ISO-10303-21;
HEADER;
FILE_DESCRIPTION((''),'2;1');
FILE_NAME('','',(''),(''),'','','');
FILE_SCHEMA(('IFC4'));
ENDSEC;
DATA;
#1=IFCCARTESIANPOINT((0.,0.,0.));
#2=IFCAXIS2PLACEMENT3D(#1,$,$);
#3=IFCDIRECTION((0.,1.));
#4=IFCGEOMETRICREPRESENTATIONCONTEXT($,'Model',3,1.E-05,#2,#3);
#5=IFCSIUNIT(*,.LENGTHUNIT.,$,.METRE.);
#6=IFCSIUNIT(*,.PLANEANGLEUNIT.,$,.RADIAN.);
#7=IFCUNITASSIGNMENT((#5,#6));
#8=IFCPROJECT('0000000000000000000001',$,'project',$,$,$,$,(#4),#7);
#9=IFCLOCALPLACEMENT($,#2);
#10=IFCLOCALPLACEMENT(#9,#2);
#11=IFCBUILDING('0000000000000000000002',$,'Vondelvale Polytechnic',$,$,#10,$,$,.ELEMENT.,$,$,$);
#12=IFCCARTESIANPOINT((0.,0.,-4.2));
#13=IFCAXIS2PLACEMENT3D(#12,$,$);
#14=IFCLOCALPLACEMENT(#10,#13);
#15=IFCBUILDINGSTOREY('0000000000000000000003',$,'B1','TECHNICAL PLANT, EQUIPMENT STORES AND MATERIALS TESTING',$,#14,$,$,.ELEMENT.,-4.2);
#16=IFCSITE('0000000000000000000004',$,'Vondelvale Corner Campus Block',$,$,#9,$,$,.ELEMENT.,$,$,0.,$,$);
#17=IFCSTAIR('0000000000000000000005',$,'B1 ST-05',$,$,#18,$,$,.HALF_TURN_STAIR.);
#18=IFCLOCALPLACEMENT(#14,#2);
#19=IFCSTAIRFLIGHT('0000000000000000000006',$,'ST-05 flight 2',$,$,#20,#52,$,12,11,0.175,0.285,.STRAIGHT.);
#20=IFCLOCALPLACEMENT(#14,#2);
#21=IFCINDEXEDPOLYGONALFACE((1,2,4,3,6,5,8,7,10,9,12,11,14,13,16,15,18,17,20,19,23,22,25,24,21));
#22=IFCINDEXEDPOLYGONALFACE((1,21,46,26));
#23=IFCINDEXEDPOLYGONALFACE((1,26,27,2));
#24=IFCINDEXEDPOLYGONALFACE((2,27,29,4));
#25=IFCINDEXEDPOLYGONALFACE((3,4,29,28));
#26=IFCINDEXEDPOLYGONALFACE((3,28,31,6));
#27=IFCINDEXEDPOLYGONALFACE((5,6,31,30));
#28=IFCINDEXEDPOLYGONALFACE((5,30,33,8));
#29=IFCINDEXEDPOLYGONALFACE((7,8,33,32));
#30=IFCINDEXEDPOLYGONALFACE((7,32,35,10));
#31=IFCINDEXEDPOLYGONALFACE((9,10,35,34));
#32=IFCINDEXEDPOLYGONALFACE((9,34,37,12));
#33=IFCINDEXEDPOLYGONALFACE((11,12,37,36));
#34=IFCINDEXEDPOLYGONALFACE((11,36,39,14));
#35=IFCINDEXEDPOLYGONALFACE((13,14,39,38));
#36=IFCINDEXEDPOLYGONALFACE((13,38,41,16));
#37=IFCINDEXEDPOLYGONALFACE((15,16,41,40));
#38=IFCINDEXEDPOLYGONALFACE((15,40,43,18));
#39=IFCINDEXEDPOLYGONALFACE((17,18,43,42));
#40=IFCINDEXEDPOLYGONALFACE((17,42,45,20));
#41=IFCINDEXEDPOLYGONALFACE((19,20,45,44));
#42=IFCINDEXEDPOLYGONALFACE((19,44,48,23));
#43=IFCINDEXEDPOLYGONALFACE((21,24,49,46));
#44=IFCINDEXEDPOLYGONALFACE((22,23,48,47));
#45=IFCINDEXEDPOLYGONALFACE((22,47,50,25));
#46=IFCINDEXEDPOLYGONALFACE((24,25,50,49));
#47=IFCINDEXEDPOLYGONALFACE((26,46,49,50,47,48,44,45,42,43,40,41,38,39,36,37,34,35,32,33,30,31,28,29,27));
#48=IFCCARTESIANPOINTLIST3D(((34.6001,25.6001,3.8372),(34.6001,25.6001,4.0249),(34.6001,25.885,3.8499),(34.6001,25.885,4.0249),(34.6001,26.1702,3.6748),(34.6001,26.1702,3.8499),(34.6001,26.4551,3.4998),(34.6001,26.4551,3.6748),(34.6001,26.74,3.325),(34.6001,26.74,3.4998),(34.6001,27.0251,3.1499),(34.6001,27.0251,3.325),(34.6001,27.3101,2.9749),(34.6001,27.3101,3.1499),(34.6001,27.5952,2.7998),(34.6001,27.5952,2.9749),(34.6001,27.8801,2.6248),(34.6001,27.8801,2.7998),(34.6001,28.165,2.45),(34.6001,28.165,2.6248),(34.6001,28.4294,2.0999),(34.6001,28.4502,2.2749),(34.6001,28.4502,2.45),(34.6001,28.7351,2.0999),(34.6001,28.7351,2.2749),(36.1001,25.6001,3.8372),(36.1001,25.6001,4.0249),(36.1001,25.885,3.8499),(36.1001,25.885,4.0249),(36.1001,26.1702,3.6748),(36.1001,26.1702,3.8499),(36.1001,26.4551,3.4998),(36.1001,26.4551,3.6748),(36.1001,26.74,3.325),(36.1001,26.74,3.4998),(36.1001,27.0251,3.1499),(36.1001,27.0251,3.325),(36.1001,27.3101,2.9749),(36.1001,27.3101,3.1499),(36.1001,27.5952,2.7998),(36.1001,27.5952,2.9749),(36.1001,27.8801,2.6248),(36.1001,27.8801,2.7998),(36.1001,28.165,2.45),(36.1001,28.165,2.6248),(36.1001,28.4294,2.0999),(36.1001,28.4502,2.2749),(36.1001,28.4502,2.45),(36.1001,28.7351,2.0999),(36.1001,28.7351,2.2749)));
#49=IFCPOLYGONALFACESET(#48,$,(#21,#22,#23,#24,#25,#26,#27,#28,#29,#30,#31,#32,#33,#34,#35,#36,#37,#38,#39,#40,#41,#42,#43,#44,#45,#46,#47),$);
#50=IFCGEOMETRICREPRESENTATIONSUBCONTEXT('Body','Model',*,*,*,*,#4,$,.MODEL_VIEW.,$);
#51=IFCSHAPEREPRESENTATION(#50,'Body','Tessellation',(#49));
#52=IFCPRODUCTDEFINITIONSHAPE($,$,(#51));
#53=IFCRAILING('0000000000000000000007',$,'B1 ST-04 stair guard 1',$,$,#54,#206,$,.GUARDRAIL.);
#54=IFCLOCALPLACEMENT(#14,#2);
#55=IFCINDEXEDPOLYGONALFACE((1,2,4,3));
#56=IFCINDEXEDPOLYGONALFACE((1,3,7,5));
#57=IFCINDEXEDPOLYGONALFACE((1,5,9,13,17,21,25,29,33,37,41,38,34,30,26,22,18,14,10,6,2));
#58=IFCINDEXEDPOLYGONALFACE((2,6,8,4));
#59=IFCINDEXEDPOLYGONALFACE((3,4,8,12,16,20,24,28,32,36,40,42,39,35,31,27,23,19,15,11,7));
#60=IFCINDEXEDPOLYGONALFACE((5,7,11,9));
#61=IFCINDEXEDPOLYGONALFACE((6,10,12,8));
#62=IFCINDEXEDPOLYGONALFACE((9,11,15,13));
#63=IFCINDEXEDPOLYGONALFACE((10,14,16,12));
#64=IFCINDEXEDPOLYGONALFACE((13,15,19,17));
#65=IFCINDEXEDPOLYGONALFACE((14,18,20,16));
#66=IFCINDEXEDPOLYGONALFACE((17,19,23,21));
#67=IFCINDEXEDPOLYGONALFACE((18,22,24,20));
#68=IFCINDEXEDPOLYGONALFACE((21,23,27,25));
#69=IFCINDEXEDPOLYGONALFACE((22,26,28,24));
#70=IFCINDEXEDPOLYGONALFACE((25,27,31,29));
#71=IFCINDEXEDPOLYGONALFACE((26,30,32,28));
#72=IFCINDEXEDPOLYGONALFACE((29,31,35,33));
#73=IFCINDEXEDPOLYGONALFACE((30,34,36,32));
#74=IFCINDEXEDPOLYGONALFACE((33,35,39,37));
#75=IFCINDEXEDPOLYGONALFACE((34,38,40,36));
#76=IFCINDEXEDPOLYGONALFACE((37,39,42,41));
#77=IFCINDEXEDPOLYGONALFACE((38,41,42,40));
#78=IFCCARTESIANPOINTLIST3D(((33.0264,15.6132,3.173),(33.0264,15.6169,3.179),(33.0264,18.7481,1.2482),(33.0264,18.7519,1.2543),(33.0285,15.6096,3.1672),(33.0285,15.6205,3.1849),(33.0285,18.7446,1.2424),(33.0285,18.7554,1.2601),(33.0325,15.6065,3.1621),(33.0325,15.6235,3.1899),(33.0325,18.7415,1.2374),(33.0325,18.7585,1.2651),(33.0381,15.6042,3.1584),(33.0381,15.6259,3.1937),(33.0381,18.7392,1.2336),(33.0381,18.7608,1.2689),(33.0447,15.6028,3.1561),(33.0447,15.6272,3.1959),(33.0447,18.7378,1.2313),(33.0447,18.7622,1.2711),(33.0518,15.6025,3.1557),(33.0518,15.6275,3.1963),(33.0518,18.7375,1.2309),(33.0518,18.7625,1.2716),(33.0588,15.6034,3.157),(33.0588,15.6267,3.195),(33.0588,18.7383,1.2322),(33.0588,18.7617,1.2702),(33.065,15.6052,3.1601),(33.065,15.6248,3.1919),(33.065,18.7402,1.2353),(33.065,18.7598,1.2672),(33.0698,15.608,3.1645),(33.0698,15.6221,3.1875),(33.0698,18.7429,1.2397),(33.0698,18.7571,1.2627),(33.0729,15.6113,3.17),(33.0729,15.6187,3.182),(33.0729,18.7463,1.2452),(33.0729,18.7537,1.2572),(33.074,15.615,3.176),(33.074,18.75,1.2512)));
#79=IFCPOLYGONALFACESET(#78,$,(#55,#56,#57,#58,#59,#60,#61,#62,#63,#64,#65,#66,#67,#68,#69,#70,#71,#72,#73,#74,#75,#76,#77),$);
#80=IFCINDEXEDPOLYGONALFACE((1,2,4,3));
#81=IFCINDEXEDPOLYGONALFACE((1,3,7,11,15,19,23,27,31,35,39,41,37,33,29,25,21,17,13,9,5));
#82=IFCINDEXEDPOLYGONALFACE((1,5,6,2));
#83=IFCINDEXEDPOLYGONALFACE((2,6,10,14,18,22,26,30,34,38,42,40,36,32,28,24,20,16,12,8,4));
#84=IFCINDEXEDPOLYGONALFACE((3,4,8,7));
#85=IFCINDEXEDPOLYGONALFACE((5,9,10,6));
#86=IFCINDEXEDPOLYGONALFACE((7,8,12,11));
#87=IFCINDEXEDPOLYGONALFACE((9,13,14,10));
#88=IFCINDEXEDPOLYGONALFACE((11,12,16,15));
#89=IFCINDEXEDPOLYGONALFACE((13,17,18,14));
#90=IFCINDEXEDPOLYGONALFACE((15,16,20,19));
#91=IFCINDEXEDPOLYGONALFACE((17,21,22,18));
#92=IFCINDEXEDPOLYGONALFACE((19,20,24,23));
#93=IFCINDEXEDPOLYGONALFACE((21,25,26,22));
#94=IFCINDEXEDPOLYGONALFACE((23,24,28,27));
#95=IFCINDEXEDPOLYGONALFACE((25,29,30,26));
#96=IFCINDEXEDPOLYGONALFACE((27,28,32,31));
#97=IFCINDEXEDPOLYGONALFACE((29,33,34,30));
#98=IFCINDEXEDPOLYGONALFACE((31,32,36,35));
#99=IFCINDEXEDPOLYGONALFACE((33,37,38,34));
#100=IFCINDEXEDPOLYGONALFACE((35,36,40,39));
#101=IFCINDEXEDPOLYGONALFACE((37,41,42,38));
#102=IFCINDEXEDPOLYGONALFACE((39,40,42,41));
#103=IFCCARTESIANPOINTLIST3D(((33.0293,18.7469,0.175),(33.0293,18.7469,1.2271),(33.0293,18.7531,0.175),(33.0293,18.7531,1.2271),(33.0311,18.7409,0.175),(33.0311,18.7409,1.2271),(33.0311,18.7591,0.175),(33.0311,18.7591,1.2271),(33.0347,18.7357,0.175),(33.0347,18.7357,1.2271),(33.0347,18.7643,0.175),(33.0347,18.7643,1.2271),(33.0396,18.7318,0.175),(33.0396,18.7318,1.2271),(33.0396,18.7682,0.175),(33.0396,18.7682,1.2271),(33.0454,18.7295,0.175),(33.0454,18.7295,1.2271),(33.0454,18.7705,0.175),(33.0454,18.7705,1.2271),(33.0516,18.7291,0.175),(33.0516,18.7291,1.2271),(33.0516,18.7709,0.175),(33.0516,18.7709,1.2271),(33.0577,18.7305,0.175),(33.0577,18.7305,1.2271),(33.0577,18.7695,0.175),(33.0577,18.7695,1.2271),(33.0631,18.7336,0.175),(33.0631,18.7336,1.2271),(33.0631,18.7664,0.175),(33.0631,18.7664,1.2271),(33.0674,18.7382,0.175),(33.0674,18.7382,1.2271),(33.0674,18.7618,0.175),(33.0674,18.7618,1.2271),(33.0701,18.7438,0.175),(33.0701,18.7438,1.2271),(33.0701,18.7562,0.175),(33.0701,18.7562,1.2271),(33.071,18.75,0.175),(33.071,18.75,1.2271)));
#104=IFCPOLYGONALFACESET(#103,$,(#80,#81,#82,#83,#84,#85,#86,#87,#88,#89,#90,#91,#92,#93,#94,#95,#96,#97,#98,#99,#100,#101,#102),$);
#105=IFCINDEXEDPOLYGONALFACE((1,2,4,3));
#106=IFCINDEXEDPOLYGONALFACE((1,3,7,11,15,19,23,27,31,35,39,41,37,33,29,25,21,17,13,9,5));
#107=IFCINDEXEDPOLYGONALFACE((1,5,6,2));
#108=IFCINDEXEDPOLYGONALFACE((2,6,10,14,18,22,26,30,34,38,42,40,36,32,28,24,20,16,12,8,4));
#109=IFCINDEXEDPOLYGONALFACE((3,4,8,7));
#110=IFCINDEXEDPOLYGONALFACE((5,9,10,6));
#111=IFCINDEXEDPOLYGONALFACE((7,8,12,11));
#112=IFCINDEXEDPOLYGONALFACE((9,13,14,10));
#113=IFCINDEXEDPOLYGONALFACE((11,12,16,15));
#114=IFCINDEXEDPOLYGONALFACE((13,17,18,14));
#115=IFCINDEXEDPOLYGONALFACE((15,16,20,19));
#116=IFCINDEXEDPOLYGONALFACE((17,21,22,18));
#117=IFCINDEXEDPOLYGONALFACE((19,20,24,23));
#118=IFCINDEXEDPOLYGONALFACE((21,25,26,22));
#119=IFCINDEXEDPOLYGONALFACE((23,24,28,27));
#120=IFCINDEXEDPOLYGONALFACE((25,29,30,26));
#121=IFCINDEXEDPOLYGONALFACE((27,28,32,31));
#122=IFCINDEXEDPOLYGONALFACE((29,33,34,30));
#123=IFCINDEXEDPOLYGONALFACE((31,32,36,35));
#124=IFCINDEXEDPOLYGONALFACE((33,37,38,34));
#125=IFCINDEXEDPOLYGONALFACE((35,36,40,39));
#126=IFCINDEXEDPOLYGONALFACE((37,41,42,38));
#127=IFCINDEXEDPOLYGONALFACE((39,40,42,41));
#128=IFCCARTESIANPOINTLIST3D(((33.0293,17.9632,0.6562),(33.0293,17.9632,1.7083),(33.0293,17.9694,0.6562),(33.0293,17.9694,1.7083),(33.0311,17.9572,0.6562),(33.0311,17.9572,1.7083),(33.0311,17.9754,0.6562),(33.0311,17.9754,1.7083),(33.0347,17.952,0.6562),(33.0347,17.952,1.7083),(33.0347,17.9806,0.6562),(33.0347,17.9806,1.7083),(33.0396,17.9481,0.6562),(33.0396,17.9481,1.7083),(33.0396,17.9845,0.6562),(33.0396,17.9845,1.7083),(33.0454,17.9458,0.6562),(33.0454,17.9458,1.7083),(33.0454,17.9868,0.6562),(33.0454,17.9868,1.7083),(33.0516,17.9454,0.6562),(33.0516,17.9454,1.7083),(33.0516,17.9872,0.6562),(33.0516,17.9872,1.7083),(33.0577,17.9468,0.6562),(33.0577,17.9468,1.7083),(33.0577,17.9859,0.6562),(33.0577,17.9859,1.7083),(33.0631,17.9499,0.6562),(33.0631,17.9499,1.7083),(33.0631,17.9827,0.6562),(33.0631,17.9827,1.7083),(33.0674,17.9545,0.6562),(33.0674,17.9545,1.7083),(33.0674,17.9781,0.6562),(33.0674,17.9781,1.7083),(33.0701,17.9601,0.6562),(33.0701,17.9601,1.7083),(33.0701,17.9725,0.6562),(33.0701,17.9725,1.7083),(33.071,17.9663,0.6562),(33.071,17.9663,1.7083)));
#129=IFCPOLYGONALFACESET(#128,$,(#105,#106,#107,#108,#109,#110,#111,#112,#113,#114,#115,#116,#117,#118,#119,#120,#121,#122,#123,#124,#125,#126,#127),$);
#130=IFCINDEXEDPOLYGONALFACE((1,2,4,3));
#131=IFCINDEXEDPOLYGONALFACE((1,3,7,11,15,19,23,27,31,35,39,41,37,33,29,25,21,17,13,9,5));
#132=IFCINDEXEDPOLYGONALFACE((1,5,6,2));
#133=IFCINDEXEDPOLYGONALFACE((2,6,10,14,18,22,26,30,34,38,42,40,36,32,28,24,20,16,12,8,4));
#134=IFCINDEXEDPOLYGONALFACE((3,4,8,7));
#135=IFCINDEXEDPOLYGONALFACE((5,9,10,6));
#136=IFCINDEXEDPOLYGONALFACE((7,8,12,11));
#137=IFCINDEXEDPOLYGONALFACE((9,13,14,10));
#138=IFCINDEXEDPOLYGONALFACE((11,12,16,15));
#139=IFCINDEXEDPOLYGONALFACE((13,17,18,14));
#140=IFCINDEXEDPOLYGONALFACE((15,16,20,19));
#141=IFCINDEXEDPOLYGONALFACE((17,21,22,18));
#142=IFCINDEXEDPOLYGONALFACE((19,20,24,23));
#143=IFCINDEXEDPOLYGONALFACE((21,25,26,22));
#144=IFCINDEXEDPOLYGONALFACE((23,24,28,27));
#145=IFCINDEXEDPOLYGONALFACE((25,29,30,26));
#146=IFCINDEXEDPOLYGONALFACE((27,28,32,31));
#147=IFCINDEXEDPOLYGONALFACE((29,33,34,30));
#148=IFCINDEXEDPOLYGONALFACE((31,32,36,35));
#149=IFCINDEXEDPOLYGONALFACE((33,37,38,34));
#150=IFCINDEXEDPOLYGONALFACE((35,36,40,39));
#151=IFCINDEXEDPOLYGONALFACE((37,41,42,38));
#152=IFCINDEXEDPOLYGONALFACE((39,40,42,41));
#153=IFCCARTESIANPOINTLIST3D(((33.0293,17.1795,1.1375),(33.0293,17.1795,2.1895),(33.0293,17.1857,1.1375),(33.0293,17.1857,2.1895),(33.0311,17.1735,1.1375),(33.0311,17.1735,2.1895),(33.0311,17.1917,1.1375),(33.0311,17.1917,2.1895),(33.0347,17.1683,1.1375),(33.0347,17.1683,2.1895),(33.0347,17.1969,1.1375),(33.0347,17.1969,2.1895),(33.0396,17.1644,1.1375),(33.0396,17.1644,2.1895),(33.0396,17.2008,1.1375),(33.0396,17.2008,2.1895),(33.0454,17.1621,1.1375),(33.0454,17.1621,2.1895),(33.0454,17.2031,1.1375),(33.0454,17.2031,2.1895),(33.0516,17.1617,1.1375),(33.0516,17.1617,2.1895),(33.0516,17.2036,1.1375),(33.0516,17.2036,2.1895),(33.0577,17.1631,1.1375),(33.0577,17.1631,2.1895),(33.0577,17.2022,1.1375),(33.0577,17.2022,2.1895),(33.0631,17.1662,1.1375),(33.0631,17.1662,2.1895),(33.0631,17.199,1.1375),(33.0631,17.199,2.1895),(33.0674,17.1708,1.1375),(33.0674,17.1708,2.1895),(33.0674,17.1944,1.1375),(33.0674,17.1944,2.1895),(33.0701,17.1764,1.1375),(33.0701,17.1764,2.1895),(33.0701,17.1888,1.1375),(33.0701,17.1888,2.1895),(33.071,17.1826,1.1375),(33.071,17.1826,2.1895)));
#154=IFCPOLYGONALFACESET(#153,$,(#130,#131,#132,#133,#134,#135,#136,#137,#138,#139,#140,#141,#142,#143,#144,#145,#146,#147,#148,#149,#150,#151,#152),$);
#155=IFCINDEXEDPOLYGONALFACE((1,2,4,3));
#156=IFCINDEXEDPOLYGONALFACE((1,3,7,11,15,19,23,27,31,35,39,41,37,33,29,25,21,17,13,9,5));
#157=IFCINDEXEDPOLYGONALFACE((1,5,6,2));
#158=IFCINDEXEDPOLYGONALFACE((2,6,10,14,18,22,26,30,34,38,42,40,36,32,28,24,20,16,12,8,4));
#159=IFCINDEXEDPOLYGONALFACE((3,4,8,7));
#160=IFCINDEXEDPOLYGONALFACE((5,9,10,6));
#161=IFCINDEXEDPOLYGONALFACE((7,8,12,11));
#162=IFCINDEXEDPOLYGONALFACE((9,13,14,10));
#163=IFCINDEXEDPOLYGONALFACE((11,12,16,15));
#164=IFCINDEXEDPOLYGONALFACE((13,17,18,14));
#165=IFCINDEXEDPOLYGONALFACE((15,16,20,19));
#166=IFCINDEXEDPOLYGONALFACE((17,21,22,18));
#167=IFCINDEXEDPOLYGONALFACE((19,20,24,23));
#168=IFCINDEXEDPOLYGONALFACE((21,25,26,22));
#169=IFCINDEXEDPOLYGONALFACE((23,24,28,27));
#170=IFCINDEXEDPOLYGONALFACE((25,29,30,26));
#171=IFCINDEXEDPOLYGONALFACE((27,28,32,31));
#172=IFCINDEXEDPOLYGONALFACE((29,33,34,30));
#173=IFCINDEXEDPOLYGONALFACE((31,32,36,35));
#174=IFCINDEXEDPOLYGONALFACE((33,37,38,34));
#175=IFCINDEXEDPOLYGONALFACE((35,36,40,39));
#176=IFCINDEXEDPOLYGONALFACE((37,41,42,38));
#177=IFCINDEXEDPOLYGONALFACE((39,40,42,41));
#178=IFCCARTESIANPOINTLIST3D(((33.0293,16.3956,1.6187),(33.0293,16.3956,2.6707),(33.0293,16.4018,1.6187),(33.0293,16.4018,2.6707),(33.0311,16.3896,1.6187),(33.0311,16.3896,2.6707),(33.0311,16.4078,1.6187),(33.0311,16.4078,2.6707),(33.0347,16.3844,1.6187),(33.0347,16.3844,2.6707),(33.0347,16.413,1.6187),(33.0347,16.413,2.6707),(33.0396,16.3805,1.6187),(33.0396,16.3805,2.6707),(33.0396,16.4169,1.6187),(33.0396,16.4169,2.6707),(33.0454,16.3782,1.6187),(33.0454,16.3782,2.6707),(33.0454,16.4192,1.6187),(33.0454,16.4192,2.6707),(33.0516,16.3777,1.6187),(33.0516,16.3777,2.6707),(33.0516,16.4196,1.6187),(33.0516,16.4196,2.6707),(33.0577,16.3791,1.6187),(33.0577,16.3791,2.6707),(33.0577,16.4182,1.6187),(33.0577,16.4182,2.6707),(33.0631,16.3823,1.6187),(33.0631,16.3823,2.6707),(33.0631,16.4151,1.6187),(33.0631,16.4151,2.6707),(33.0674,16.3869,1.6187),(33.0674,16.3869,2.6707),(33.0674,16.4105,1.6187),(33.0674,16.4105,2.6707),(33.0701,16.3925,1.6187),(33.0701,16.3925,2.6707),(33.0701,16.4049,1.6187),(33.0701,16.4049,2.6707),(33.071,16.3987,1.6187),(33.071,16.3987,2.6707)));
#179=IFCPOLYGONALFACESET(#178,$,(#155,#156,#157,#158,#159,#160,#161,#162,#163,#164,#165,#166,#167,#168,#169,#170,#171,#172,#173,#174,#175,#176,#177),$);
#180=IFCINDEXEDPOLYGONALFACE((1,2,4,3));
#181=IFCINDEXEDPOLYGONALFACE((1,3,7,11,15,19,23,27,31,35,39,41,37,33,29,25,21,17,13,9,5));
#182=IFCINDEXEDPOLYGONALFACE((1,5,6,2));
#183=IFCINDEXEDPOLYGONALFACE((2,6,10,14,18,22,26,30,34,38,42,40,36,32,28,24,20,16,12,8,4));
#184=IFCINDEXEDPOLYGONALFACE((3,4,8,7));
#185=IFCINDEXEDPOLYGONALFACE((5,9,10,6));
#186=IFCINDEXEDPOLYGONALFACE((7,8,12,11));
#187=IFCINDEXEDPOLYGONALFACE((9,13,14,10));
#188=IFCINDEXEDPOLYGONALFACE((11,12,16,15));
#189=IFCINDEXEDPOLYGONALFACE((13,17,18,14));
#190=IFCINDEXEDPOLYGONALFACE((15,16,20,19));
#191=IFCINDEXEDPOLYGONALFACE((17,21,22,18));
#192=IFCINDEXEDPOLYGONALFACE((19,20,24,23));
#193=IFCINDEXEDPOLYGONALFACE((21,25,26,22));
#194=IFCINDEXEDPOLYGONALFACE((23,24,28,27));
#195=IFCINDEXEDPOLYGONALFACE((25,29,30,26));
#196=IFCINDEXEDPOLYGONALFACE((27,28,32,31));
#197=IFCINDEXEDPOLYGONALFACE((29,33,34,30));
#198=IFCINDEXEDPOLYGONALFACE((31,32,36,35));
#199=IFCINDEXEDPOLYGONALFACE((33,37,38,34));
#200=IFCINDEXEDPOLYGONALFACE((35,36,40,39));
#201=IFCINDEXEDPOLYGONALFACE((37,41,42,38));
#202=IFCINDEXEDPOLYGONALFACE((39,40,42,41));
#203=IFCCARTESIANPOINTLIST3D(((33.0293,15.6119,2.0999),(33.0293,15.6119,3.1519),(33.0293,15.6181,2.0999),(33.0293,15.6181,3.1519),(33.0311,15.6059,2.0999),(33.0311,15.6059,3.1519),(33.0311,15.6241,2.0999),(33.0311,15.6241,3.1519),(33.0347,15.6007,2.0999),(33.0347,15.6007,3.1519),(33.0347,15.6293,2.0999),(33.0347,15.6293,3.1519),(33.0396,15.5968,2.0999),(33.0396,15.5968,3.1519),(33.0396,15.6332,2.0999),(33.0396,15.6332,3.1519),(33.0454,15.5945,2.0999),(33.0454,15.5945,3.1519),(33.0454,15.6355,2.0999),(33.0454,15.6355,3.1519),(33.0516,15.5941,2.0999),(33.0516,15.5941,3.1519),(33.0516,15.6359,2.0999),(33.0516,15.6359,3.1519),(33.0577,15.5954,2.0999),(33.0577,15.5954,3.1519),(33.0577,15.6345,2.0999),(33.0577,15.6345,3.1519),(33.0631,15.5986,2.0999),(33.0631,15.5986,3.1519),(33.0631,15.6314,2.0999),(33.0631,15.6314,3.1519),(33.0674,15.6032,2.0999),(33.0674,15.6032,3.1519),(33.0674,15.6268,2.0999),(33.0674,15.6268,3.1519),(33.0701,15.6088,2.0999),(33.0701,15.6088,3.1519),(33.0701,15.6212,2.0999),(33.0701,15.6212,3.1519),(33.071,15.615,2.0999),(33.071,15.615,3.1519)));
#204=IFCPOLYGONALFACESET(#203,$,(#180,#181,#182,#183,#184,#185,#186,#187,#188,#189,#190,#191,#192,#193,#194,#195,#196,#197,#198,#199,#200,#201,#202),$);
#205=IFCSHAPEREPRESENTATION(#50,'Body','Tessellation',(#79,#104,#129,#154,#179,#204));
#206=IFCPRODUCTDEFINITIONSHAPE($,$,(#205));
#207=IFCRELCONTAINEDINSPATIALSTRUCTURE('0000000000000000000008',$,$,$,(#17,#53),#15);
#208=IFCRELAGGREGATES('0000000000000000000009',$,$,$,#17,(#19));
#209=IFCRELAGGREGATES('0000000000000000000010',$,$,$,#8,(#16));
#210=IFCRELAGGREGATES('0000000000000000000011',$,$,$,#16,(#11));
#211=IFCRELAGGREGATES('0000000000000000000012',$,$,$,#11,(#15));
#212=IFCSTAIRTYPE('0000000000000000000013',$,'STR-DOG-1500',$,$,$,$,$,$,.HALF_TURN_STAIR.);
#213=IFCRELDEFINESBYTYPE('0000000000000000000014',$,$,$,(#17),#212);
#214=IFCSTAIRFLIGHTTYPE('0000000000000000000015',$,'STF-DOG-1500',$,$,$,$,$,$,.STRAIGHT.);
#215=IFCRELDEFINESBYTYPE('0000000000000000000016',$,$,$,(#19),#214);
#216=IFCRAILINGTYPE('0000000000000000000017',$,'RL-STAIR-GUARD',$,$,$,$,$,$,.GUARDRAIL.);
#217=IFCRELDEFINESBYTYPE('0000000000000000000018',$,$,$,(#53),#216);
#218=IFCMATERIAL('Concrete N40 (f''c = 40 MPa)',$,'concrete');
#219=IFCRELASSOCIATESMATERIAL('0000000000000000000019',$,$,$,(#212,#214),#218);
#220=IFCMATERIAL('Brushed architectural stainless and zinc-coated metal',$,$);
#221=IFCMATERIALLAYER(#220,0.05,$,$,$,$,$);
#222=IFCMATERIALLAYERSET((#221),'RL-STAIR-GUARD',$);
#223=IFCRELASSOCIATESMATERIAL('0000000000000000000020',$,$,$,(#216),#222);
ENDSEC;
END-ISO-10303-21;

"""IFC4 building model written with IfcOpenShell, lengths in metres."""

from ifc_helpers import new_model, si_unit, direction, frame, origin, origin_2d, place, context, subcontext, project, spatial, polyline, circle, outline, extrude, material, layer, layer_set, type_object, element, aggregate, save


model = new_model("IFC4")

# Units and contexts
model_context = context("Model", 3, precision=1e-05, world=origin(), true_north=direction((0.0, 1.0)))
body_context = subcontext(model_context, "Body", "Model", "MODEL_VIEW")
ifc_project = project(units=[si_unit("LENGTHUNIT", "METRE"), si_unit("PLANEANGLEUNIT", "RADIAN")], contexts=[model_context])

# Site, building, storey
site_placement = place(None, origin())
site = spatial("IfcSite", under=ifc_project, at=site_placement, Name="Vondelvale Corner Campus Block", CompositionType="ELEMENT", RefElevation=0.0)
building_placement = place(site_placement, origin())
building = spatial("IfcBuilding", under=site, at=building_placement, Name="Vondelvale Polytechnic", CompositionType="ELEMENT")
storey_placement = place(building_placement, frame((0.0, 0.0, -4.2)))
storey = spatial("IfcBuildingStorey", under=building, at=storey_placement, Name="B1", Description="TECHNICAL PLANT, EQUIPMENT STORES AND MATERIALS TESTING", CompositionType="ELEMENT", Elevation=-4.2)

# Shared definitions
ifc_material_1 = material(Name="Concrete N40 (f'c = 40 MPa)", Category="concrete")

# Shared definitions
ifc_material_2 = material(Name="Brushed architectural stainless and zinc-coated metal")

# Stair, stair flight
stair_type = type_object("IfcStairType", Name="STR-DOG-1500", PredefinedType="HALF_TURN_STAIR", material=ifc_material_1)
stair_flight_type = type_object("IfcStairFlightType", Name="STF-DOG-1500", PredefinedType="STRAIGHT", material=ifc_material_1)
stair_1_placement = place(storey_placement, origin())
stair_1 = element("IfcStair", 1, at=stair_1_placement, inside=storey, type_object=stair_type, Name="B1 ST-05", PredefinedType="HALF_TURN_STAIR")
stair_flight_1_placement = place(storey_placement, frame((35.3501, 28.7351, 2.0999), z_axis=(0.0, 0.0, 1.0), x_axis=(0.0, -1.0, 0.0)))
stair_flight_1 = element("IfcStairFlight", 2, at=stair_flight_1_placement, type_object=stair_flight_type, Name="ST-05 flight 2", NumberOfRisers=12, NumberOfTreads=11, PredefinedType="STRAIGHT", RiserHeight=0.175, TreadLength=0.285, context=body_context, shape_type="SweptSolid", body=[
    extrude(outline(polyline([(0.0, 0.0), (0.0, 0.175), (0.2849, 0.175), (0.2849, 0.3501), (0.5701, 0.3501), (0.5701, 0.5249), (0.855, 0.5249), (0.855, 0.7), (1.1399, 0.7), (1.1399, 0.875), (1.425, 0.875), (1.425, 1.05), (1.71, 1.05), (1.71, 1.2251), (1.9951, 1.2251), (1.9951, 1.3999), (2.28, 1.3999), (2.28, 1.575), (2.5649, 1.575), (2.5649, 1.75), (2.8501, 1.75), (2.8501, 1.925), (3.135, 1.925), (3.135, 2.1001), (3.135, 1.7373), (0.3057, 0.0), (0.0, 0.0)])), frame((0.0, 0.75, 0.0), z_axis=(0.0, -1.0, 0.0), x_axis=(1.0, 0.0, 0.0)), (0.0, 0.0, 1.0), 1.5),
])
aggregate(stair_1, [stair_flight_1])

# Railing
ifc_layer_1 = layer(ifc_material_2, 0.05)
ifc_layer_set_1 = layer_set([ifc_layer_1], Name="RL-STAIR-GUARD")
railing_type_1 = type_object("IfcRailingType", Name="RL-STAIR-GUARD", PredefinedType="GUARDRAIL", material=ifc_layer_set_1)
railing_1_placement = place(storey_placement, frame((33.05, 18.75, 0.175)))
element("IfcRailing", 3, at=railing_1_placement, inside=storey, type_object=railing_type_1, Name="B1 ST-04 stair guard 1", PredefinedType="GUARDRAIL", context=body_context, shape_type="SweptSolid", body=[
    extrude(circle(Radius=0.0239, at=origin_2d()), frame((0.0, 0.0, 1.0762), z_axis=(0.0, -0.852196, 0.523223), x_axis=(1.0, 0.0, 0.0)), (0.0, 0.0, 1.0), 3.6787),
    extrude(circle(Radius=0.021, at=origin_2d()), origin(), (0.0, 0.0, 1.0), 1.052),
    extrude(circle(Radius=0.021, at=origin_2d()), frame((0.0, -0.7837, 0.4812)), (0.0, 0.0, 1.0), 1.052),
    extrude(circle(Radius=0.021, at=origin_2d()), frame((0.0, -1.5674, 0.9624)), (0.0, 0.0, 1.0), 1.052),
    extrude(circle(Radius=0.021, at=origin_2d()), frame((0.0, -2.3513, 1.4436)), (0.0, 0.0, 1.0), 1.052),
    extrude(circle(Radius=0.021, at=origin_2d()), frame((0.0, -3.135, 1.9248)), (0.0, 0.0, 1.0), 1.052),
])

save(model, "model.ifc")
